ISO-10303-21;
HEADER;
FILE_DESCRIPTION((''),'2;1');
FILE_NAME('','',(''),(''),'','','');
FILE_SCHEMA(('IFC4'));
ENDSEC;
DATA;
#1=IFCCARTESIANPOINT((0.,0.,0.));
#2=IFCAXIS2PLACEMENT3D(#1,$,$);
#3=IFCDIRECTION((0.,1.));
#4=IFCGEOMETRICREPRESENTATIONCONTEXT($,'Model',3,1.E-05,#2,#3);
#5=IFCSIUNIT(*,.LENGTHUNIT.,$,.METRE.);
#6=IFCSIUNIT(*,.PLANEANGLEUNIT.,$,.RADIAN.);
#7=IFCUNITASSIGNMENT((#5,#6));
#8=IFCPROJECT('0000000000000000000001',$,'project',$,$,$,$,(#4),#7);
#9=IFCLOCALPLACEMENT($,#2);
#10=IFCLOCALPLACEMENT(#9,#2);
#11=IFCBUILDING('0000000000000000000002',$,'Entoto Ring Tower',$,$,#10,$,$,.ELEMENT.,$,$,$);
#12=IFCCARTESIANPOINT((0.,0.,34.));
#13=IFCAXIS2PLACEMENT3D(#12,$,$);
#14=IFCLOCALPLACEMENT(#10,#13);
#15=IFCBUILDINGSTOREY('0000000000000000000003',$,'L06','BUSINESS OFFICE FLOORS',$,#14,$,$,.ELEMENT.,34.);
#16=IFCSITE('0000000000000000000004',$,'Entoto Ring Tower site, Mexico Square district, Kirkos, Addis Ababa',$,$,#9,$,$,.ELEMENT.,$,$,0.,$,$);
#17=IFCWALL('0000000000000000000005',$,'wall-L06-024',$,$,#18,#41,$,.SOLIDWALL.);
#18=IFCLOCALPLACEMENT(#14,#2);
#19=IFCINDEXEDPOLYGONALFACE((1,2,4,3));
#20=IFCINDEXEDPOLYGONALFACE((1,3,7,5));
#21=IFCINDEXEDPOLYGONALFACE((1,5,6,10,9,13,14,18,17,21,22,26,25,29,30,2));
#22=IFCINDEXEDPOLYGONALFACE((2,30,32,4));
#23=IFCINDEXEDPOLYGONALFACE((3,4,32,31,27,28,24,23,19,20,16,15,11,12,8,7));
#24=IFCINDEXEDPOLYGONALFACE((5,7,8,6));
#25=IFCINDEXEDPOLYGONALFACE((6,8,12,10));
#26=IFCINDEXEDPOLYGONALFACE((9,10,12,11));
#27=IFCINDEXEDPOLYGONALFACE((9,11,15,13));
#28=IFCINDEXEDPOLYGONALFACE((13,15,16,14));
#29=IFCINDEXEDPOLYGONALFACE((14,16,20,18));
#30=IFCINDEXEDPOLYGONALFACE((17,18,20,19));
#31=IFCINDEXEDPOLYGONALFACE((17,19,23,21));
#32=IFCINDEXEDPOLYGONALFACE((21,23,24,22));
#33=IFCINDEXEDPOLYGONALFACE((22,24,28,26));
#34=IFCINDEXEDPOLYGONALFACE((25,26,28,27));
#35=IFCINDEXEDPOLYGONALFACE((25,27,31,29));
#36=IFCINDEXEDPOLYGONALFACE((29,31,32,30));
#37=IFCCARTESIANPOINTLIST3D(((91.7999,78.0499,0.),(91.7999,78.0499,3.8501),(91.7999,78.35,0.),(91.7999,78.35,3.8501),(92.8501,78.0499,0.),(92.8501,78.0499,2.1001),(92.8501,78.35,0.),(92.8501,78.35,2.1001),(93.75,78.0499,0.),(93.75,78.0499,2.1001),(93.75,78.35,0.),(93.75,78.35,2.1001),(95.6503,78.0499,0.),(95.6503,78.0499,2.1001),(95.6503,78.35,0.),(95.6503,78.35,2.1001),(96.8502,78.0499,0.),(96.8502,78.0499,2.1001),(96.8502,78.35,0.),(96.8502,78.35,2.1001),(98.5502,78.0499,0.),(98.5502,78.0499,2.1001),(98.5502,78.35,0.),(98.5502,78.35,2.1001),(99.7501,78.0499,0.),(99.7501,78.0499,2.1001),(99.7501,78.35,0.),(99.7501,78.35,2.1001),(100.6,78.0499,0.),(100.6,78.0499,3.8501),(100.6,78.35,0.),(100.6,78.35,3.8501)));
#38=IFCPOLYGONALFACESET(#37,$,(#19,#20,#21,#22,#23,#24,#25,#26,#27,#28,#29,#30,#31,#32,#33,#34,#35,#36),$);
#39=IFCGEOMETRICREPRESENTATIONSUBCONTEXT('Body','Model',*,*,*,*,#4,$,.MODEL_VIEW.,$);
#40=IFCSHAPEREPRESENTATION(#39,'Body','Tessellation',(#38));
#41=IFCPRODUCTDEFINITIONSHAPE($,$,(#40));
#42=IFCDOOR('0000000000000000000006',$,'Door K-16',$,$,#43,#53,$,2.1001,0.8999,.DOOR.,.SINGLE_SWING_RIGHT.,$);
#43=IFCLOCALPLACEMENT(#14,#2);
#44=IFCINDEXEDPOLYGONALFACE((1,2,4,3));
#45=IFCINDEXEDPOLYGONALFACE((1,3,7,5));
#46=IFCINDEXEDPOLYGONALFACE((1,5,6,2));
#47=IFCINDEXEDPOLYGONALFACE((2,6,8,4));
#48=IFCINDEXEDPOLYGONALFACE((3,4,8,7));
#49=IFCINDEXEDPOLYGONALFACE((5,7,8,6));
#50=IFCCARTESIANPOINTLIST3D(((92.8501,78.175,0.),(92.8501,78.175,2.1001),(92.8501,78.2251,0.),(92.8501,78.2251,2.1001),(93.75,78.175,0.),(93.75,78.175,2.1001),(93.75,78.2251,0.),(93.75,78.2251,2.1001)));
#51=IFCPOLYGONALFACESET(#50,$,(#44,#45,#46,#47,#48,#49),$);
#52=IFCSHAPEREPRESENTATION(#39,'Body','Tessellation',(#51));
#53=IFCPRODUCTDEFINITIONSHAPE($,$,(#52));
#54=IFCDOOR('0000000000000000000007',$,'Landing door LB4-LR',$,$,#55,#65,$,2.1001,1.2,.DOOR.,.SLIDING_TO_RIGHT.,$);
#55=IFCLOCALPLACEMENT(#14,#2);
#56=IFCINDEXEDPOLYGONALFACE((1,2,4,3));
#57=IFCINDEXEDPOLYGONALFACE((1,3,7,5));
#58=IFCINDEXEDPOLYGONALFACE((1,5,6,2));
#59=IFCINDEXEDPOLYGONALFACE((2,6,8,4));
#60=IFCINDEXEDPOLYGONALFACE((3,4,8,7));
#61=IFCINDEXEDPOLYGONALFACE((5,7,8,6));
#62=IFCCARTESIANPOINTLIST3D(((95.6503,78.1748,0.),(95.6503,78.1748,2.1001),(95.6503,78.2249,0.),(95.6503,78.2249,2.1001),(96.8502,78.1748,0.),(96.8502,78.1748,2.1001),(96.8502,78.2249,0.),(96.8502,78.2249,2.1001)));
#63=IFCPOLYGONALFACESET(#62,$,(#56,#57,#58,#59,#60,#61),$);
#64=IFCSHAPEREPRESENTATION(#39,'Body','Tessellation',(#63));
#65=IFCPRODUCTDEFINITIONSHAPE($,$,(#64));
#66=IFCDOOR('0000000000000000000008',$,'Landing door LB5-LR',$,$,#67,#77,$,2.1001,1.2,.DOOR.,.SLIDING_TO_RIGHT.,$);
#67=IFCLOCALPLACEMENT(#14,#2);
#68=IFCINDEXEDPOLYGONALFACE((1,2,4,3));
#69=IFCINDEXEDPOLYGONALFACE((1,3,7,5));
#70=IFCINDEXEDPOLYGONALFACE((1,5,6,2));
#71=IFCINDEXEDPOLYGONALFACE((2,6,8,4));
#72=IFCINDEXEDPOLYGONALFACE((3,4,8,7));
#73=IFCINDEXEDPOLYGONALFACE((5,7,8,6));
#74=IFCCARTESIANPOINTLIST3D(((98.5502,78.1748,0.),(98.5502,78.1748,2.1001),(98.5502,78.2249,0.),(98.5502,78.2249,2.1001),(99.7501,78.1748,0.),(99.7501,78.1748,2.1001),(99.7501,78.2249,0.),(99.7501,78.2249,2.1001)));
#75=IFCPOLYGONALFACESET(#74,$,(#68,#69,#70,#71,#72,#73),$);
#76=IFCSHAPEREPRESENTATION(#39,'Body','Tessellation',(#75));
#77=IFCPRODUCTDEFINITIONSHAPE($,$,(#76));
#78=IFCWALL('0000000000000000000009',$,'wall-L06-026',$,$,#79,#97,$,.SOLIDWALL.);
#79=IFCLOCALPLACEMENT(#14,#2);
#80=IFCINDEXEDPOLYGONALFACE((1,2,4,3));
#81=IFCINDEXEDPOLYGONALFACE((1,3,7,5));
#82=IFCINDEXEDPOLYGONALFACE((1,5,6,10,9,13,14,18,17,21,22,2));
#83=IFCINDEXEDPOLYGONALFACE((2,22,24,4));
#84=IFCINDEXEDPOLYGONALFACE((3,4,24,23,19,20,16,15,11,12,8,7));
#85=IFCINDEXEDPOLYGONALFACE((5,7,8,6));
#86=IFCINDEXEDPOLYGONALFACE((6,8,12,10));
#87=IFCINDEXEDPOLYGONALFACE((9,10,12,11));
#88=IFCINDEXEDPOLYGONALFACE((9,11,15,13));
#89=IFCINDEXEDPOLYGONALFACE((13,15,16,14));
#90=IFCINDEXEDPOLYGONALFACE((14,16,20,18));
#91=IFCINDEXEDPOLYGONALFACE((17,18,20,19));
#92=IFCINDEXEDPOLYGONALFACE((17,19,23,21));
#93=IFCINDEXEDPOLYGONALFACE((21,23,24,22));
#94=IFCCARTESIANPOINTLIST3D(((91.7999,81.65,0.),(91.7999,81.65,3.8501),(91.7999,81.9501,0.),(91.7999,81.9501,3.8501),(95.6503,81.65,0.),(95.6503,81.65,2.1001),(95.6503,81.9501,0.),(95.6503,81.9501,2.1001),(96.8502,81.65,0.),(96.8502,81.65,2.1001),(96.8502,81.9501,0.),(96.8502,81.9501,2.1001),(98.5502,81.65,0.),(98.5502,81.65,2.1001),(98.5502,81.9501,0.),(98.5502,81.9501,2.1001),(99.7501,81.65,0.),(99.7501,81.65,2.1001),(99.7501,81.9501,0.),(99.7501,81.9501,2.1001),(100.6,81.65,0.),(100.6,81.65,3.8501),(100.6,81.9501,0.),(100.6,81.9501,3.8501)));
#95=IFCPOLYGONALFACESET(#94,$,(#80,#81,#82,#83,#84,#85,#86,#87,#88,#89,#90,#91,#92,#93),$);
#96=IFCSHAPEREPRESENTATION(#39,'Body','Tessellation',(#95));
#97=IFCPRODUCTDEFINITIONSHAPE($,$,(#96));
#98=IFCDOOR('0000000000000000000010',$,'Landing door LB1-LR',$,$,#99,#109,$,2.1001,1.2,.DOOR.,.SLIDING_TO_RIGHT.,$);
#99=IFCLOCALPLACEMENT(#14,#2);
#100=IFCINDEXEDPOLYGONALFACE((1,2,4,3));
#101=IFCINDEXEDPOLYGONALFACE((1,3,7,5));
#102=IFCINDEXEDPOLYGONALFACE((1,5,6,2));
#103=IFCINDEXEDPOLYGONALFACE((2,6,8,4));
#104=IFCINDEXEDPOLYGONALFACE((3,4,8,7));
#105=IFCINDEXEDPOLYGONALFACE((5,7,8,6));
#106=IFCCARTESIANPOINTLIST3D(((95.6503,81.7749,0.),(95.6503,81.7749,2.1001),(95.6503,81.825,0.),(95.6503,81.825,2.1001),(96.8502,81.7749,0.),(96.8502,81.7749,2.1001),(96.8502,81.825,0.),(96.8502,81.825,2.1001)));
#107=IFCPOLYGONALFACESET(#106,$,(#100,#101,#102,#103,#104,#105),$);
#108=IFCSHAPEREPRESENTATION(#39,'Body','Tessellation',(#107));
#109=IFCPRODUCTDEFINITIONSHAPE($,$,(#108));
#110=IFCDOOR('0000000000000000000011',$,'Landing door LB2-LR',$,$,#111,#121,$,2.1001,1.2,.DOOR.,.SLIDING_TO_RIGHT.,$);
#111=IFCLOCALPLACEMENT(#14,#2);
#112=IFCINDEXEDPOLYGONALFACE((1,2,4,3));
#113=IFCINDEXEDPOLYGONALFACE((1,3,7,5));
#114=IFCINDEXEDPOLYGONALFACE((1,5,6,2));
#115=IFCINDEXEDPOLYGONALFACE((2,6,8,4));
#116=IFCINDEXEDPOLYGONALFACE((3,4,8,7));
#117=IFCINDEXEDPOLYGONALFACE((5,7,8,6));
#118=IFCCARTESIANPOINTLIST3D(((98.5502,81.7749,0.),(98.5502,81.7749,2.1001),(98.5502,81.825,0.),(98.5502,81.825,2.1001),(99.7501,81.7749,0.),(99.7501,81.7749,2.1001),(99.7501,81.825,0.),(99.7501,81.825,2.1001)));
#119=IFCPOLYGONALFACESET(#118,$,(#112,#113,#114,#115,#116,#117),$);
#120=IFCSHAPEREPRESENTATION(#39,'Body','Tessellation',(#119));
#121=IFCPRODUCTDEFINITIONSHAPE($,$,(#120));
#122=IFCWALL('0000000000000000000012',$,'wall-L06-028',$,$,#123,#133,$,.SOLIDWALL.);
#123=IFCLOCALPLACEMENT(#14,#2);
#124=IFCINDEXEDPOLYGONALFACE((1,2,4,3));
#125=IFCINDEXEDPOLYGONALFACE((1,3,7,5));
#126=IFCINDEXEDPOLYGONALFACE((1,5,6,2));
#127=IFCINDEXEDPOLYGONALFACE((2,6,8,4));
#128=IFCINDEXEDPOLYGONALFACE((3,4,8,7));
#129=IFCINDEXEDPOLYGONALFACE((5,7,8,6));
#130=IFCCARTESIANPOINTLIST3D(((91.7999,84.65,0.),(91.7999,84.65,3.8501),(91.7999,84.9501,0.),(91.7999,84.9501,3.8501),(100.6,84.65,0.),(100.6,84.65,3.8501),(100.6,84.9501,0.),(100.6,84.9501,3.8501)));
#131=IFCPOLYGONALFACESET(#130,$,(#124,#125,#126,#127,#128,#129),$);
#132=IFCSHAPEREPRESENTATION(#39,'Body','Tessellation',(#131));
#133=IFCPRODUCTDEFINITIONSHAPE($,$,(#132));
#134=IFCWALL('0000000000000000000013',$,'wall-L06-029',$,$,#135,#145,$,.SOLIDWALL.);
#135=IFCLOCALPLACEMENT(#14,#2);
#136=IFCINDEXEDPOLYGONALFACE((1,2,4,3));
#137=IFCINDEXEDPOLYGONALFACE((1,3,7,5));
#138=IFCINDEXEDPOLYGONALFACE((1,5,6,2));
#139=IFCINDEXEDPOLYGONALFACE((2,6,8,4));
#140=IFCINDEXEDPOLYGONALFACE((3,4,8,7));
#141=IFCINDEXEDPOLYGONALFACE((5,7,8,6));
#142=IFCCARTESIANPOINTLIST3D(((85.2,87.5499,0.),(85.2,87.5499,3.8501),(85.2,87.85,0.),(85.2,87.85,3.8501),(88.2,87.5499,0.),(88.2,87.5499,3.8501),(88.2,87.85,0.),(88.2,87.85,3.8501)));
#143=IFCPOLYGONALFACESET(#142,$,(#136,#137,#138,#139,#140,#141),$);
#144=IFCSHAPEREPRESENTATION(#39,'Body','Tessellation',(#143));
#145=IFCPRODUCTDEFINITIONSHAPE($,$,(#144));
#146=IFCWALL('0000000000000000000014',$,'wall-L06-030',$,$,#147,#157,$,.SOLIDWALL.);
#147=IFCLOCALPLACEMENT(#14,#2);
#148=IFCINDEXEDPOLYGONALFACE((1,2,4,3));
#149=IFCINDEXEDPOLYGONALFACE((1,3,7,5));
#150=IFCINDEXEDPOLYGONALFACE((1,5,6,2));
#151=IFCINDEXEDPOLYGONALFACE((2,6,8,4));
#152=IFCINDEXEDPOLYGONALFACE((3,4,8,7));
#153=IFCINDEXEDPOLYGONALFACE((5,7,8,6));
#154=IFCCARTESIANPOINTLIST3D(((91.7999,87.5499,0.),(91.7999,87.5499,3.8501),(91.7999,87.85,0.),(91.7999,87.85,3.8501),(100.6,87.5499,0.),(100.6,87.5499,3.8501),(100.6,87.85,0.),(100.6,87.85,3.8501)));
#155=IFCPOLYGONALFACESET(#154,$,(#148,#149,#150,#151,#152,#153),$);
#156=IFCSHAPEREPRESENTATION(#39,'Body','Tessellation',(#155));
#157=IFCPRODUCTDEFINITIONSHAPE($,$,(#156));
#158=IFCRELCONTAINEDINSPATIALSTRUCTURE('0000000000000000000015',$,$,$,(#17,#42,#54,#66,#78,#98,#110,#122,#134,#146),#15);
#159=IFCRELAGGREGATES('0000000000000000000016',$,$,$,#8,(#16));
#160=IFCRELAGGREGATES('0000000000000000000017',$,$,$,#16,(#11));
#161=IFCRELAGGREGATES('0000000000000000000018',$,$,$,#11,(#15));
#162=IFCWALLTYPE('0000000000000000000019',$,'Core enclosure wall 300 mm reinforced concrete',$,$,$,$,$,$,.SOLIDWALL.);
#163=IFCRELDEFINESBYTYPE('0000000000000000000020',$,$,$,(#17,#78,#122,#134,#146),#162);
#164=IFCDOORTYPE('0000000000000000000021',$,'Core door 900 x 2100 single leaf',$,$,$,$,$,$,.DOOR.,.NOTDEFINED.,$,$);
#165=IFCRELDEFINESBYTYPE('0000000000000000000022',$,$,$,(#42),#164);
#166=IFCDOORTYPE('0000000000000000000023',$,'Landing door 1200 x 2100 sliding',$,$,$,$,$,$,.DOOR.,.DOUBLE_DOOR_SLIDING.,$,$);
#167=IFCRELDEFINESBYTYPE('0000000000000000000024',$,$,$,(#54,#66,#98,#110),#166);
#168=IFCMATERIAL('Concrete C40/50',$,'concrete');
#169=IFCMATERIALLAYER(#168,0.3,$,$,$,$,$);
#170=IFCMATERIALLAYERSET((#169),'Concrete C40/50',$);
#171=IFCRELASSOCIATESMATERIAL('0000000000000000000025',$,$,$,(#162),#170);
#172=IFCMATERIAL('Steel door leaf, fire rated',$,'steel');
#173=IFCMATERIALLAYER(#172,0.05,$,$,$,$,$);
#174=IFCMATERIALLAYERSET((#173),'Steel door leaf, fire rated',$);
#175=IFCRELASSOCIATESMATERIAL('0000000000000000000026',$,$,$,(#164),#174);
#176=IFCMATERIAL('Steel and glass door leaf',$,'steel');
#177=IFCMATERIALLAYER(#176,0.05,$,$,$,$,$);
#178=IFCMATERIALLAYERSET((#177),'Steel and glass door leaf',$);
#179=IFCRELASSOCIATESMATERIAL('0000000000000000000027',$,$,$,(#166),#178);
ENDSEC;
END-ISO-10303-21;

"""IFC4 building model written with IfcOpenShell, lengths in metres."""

from ifc_helpers import new_model, si_unit, direction, frame, frame_2d, origin, place, context, subcontext, project, spatial, rectangle, extrude, material, layer, layer_set, type_object, element, fill, save


model = new_model("IFC4")

# Units and contexts
model_context = context("Model", 3, precision=1e-05, world=origin(), true_north=direction((0.0, 1.0)))
body_context = subcontext(model_context, "Body", "Model", "MODEL_VIEW")
ifc_project = project(units=[si_unit("LENGTHUNIT", "METRE"), si_unit("PLANEANGLEUNIT", "RADIAN")], contexts=[model_context])

# Site, building, storey
site_placement = place(None, origin())
site = spatial("IfcSite", under=ifc_project, at=site_placement, Name="Entoto Ring Tower site, Mexico Square district, Kirkos, Addis Ababa", CompositionType="ELEMENT", RefElevation=0.0)
building_placement = place(site_placement, origin())
building = spatial("IfcBuilding", under=site, at=building_placement, Name="Entoto Ring Tower", CompositionType="ELEMENT")
storey_placement = place(building_placement, frame((0.0, 0.0, 34.0)))
storey = spatial("IfcBuildingStorey", under=building, at=storey_placement, Name="L06", Description="BUSINESS OFFICE FLOORS", CompositionType="ELEMENT", Elevation=34.0)

# Shared definitions
ifc_material_1 = material(Name="Concrete C40/50", Category="concrete")
ifc_layer_1 = layer(ifc_material_1, 0.3)
ifc_layer_set_1 = layer_set([ifc_layer_1], Name="Concrete C40/50")
wall_type = type_object("IfcWallType", Name="Core enclosure wall 300 mm reinforced concrete", PredefinedType="SOLIDWALL", material=ifc_layer_set_1)

# Shared definitions
ifc_material_2 = material(Name="Steel door leaf, fire rated", Category="steel")
ifc_layer_2 = layer(ifc_material_2, 0.05)
ifc_layer_set_2 = layer_set([ifc_layer_2], Name="Steel door leaf, fire rated")
door_type_1 = type_object("IfcDoorType", Name="Core door 900 x 2100 single leaf", OperationType="NOTDEFINED", PredefinedType="DOOR", material=ifc_layer_set_2)

# Walls, openings, doors
ifc_material_3 = material(Name="Steel and glass door leaf", Category="steel")
ifc_layer_3 = layer(ifc_material_3, 0.05)
ifc_layer_set_3 = layer_set([ifc_layer_3], Name="Steel and glass door leaf")
door_type_2 = type_object("IfcDoorType", Name="Landing door 1200 x 2100 sliding", OperationType="DOUBLE_DOOR_SLIDING", PredefinedType="DOOR", material=ifc_layer_set_3)
wall_1_placement = place(storey_placement, frame((91.8, 78.2, 0.0), z_axis=(0.0, 0.0, 1.0), x_axis=(1.0, 0.0, 0.0)))
wall_1 = element("IfcWall", 1, at=wall_1_placement, inside=storey, type_object=wall_type, Name="wall-L06-024", PredefinedType="SOLIDWALL", context=body_context, shape_type="SweptSolid", body=[
    extrude(rectangle(XDim=8.8, YDim=0.3, at=frame_2d((4.3999, 0.0))), origin(), (0.0, 0.0, 1.0), 3.8501),
])
opening_1_placement = place(wall_1_placement, frame((3.8501, 0.0, 0.0)))
opening_1 = element("IfcOpeningElement", 2, at=opening_1_placement, cuts=wall_1, PredefinedType="OPENING", context=body_context, shape_type="SweptSolid", body=[
    extrude(rectangle(XDim=1.2, YDim=2.1001, at=frame_2d((0.6001, 1.05))), frame((0.0, 0.1602, 0.0), z_axis=(0.0, -1.0, 0.0), x_axis=(1.0, 0.0, 0.0)), (0.0, 0.0, 1.0), 0.3201),
])
opening_2_placement = place(wall_1_placement, frame((6.75, 0.0, 0.0)))
opening_2 = element("IfcOpeningElement", 3, at=opening_2_placement, cuts=wall_1, PredefinedType="OPENING", context=body_context, shape_type="SweptSolid", body=[
    extrude(rectangle(XDim=1.2, YDim=2.1001, at=frame_2d((0.6001, 1.05))), frame((0.0, 0.1602, 0.0), z_axis=(0.0, -1.0, 0.0), x_axis=(1.0, 0.0, 0.0)), (0.0, 0.0, 1.0), 0.3201),
])
opening_3_placement = place(wall_1_placement, frame((1.05, 0.0, 0.0)))
opening_3 = element("IfcOpeningElement", 4, at=opening_3_placement, cuts=wall_1, PredefinedType="OPENING", context=body_context, shape_type="SweptSolid", body=[
    extrude(rectangle(XDim=0.8999, YDim=2.1001, at=frame_2d((0.45, 1.05))), frame((0.0, 0.1602, 0.0), z_axis=(0.0, -1.0, 0.0), x_axis=(1.0, 0.0, 0.0)), (0.0, 0.0, 1.0), 0.3201),
])
door_1_placement = place(opening_3_placement, frame((0.8999, 0.0, 0.0), z_axis=(0.0, 0.0, 1.0), x_axis=(-1.0, 0.0, 0.0)))
door_1 = element("IfcDoor", 5, at=door_1_placement, inside=storey, type_object=door_type_1, Name="Door K-16", OperationType="SINGLE_SWING_RIGHT", OverallHeight=2.1001, OverallWidth=0.8999, PredefinedType="DOOR", context=body_context, shape_type="SweptSolid", body=[
    extrude(rectangle(XDim=0.8999, YDim=2.1001, at=frame_2d((0.45, 1.05))), frame((0.0, 0.0249, 0.0), z_axis=(0.0, -1.0, 0.0), x_axis=(1.0, 0.0, 0.0)), (0.0, 0.0, 1.0), 0.05),
])
fill(opening_3, door_1)
door_2_placement = place(opening_1_placement, origin())
door_2 = element("IfcDoor", 6, at=door_2_placement, inside=storey, type_object=door_type_2, Name="Landing door LB4-LR", OperationType="SLIDING_TO_RIGHT", OverallHeight=2.1001, OverallWidth=1.2, PredefinedType="DOOR", context=body_context, shape_type="SweptSolid", body=[
    extrude(rectangle(XDim=1.2, YDim=2.1001, at=frame_2d((0.6001, 1.05))), frame((0.0, 0.0249, 0.0), z_axis=(0.0, -1.0, 0.0), x_axis=(1.0, 0.0, 0.0)), (0.0, 0.0, 1.0), 0.05),
])
fill(opening_1, door_2)
door_3_placement = place(opening_2_placement, origin())
door_3 = element("IfcDoor", 7, at=door_3_placement, inside=storey, type_object=door_type_2, Name="Landing door LB5-LR", OperationType="SLIDING_TO_RIGHT", OverallHeight=2.1001, OverallWidth=1.2, PredefinedType="DOOR", context=body_context, shape_type="SweptSolid", body=[
    extrude(rectangle(XDim=1.2, YDim=2.1001, at=frame_2d((0.6001, 1.05))), frame((0.0, 0.0249, 0.0), z_axis=(0.0, -1.0, 0.0), x_axis=(1.0, 0.0, 0.0)), (0.0, 0.0, 1.0), 0.05),
])
fill(opening_2, door_3)
wall_2_placement = place(storey_placement, frame((91.8, 81.8, 0.0), z_axis=(0.0, 0.0, 1.0), x_axis=(1.0, 0.0, 0.0)))
wall_2 = element("IfcWall", 8, at=wall_2_placement, inside=storey, type_object=wall_type, Name="wall-L06-026", PredefinedType="SOLIDWALL", context=body_context, shape_type="SweptSolid", body=[
    extrude(rectangle(XDim=8.8, YDim=0.3, at=frame_2d((4.3999, 0.0))), origin(), (0.0, 0.0, 1.0), 3.8501),
])
opening_4_placement = place(wall_2_placement, frame((3.8501, 0.0, 0.0)))
opening_4 = element("IfcOpeningElement", 9, at=opening_4_placement, cuts=wall_2, PredefinedType="OPENING", context=body_context, shape_type="SweptSolid", body=[
    extrude(rectangle(XDim=1.2, YDim=2.1001, at=frame_2d((0.6001, 1.05))), frame((0.0, 0.1602, 0.0), z_axis=(0.0, -1.0, 0.0), x_axis=(1.0, 0.0, 0.0)), (0.0, 0.0, 1.0), 0.3201),
])
opening_5_placement = place(wall_2_placement, frame((6.75, 0.0, 0.0)))
opening_5 = element("IfcOpeningElement", 10, at=opening_5_placement, cuts=wall_2, PredefinedType="OPENING", context=body_context, shape_type="SweptSolid", body=[
    extrude(rectangle(XDim=1.2, YDim=2.1001, at=frame_2d((0.6001, 1.05))), frame((0.0, 0.1602, 0.0), z_axis=(0.0, -1.0, 0.0), x_axis=(1.0, 0.0, 0.0)), (0.0, 0.0, 1.0), 0.3201),
])
door_4_placement = place(opening_4_placement, origin())
door_4 = element("IfcDoor", 11, at=door_4_placement, inside=storey, type_object=door_type_2, Name="Landing door LB1-LR", OperationType="SLIDING_TO_RIGHT", OverallHeight=2.1001, OverallWidth=1.2, PredefinedType="DOOR", context=body_context, shape_type="SweptSolid", body=[
    extrude(rectangle(XDim=1.2, YDim=2.1001, at=frame_2d((0.6001, 1.05))), frame((0.0, 0.0249, 0.0), z_axis=(0.0, -1.0, 0.0), x_axis=(1.0, 0.0, 0.0)), (0.0, 0.0, 1.0), 0.05),
])
fill(opening_4, door_4)
door_5_placement = place(opening_5_placement, origin())
door_5 = element("IfcDoor", 12, at=door_5_placement, inside=storey, type_object=door_type_2, Name="Landing door LB2-LR", OperationType="SLIDING_TO_RIGHT", OverallHeight=2.1001, OverallWidth=1.2, PredefinedType="DOOR", context=body_context, shape_type="SweptSolid", body=[
    extrude(rectangle(XDim=1.2, YDim=2.1001, at=frame_2d((0.6001, 1.05))), frame((0.0, 0.0249, 0.0), z_axis=(0.0, -1.0, 0.0), x_axis=(1.0, 0.0, 0.0)), (0.0, 0.0, 1.0), 0.05),
])
fill(opening_5, door_5)

# Walls
wall_3_placement = place(storey_placement, frame((91.8, 84.8, 0.0), z_axis=(0.0, 0.0, 1.0), x_axis=(1.0, 0.0, 0.0)))
element("IfcWall", 13, at=wall_3_placement, inside=storey, type_object=wall_type, Name="wall-L06-028", PredefinedType="SOLIDWALL", context=body_context, shape_type="SweptSolid", body=[
    extrude(rectangle(XDim=8.8, YDim=0.3, at=frame_2d((4.3999, 0.0))), origin(), (0.0, 0.0, 1.0), 3.8501),
])
wall_4_placement = place(storey_placement, frame((85.2, 87.7, 0.0), z_axis=(0.0, 0.0, 1.0), x_axis=(1.0, 0.0, 0.0)))
element("IfcWall", 14, at=wall_4_placement, inside=storey, type_object=wall_type, Name="wall-L06-029", PredefinedType="SOLIDWALL", context=body_context, shape_type="SweptSolid", body=[
    extrude(rectangle(XDim=3.0, YDim=0.3, at=frame_2d((1.5, 0.0))), origin(), (0.0, 0.0, 1.0), 3.8501),
])
wall_5_placement = place(storey_placement, frame((91.8, 87.7, 0.0), z_axis=(0.0, 0.0, 1.0), x_axis=(1.0, 0.0, 0.0)))
element("IfcWall", 15, at=wall_5_placement, inside=storey, type_object=wall_type, Name="wall-L06-030", PredefinedType="SOLIDWALL", context=body_context, shape_type="SweptSolid", body=[
    extrude(rectangle(XDim=8.8, YDim=0.3, at=frame_2d((4.3999, 0.0))), origin(), (0.0, 0.0, 1.0), 3.8501),
])

save(model, "model.ifc")
